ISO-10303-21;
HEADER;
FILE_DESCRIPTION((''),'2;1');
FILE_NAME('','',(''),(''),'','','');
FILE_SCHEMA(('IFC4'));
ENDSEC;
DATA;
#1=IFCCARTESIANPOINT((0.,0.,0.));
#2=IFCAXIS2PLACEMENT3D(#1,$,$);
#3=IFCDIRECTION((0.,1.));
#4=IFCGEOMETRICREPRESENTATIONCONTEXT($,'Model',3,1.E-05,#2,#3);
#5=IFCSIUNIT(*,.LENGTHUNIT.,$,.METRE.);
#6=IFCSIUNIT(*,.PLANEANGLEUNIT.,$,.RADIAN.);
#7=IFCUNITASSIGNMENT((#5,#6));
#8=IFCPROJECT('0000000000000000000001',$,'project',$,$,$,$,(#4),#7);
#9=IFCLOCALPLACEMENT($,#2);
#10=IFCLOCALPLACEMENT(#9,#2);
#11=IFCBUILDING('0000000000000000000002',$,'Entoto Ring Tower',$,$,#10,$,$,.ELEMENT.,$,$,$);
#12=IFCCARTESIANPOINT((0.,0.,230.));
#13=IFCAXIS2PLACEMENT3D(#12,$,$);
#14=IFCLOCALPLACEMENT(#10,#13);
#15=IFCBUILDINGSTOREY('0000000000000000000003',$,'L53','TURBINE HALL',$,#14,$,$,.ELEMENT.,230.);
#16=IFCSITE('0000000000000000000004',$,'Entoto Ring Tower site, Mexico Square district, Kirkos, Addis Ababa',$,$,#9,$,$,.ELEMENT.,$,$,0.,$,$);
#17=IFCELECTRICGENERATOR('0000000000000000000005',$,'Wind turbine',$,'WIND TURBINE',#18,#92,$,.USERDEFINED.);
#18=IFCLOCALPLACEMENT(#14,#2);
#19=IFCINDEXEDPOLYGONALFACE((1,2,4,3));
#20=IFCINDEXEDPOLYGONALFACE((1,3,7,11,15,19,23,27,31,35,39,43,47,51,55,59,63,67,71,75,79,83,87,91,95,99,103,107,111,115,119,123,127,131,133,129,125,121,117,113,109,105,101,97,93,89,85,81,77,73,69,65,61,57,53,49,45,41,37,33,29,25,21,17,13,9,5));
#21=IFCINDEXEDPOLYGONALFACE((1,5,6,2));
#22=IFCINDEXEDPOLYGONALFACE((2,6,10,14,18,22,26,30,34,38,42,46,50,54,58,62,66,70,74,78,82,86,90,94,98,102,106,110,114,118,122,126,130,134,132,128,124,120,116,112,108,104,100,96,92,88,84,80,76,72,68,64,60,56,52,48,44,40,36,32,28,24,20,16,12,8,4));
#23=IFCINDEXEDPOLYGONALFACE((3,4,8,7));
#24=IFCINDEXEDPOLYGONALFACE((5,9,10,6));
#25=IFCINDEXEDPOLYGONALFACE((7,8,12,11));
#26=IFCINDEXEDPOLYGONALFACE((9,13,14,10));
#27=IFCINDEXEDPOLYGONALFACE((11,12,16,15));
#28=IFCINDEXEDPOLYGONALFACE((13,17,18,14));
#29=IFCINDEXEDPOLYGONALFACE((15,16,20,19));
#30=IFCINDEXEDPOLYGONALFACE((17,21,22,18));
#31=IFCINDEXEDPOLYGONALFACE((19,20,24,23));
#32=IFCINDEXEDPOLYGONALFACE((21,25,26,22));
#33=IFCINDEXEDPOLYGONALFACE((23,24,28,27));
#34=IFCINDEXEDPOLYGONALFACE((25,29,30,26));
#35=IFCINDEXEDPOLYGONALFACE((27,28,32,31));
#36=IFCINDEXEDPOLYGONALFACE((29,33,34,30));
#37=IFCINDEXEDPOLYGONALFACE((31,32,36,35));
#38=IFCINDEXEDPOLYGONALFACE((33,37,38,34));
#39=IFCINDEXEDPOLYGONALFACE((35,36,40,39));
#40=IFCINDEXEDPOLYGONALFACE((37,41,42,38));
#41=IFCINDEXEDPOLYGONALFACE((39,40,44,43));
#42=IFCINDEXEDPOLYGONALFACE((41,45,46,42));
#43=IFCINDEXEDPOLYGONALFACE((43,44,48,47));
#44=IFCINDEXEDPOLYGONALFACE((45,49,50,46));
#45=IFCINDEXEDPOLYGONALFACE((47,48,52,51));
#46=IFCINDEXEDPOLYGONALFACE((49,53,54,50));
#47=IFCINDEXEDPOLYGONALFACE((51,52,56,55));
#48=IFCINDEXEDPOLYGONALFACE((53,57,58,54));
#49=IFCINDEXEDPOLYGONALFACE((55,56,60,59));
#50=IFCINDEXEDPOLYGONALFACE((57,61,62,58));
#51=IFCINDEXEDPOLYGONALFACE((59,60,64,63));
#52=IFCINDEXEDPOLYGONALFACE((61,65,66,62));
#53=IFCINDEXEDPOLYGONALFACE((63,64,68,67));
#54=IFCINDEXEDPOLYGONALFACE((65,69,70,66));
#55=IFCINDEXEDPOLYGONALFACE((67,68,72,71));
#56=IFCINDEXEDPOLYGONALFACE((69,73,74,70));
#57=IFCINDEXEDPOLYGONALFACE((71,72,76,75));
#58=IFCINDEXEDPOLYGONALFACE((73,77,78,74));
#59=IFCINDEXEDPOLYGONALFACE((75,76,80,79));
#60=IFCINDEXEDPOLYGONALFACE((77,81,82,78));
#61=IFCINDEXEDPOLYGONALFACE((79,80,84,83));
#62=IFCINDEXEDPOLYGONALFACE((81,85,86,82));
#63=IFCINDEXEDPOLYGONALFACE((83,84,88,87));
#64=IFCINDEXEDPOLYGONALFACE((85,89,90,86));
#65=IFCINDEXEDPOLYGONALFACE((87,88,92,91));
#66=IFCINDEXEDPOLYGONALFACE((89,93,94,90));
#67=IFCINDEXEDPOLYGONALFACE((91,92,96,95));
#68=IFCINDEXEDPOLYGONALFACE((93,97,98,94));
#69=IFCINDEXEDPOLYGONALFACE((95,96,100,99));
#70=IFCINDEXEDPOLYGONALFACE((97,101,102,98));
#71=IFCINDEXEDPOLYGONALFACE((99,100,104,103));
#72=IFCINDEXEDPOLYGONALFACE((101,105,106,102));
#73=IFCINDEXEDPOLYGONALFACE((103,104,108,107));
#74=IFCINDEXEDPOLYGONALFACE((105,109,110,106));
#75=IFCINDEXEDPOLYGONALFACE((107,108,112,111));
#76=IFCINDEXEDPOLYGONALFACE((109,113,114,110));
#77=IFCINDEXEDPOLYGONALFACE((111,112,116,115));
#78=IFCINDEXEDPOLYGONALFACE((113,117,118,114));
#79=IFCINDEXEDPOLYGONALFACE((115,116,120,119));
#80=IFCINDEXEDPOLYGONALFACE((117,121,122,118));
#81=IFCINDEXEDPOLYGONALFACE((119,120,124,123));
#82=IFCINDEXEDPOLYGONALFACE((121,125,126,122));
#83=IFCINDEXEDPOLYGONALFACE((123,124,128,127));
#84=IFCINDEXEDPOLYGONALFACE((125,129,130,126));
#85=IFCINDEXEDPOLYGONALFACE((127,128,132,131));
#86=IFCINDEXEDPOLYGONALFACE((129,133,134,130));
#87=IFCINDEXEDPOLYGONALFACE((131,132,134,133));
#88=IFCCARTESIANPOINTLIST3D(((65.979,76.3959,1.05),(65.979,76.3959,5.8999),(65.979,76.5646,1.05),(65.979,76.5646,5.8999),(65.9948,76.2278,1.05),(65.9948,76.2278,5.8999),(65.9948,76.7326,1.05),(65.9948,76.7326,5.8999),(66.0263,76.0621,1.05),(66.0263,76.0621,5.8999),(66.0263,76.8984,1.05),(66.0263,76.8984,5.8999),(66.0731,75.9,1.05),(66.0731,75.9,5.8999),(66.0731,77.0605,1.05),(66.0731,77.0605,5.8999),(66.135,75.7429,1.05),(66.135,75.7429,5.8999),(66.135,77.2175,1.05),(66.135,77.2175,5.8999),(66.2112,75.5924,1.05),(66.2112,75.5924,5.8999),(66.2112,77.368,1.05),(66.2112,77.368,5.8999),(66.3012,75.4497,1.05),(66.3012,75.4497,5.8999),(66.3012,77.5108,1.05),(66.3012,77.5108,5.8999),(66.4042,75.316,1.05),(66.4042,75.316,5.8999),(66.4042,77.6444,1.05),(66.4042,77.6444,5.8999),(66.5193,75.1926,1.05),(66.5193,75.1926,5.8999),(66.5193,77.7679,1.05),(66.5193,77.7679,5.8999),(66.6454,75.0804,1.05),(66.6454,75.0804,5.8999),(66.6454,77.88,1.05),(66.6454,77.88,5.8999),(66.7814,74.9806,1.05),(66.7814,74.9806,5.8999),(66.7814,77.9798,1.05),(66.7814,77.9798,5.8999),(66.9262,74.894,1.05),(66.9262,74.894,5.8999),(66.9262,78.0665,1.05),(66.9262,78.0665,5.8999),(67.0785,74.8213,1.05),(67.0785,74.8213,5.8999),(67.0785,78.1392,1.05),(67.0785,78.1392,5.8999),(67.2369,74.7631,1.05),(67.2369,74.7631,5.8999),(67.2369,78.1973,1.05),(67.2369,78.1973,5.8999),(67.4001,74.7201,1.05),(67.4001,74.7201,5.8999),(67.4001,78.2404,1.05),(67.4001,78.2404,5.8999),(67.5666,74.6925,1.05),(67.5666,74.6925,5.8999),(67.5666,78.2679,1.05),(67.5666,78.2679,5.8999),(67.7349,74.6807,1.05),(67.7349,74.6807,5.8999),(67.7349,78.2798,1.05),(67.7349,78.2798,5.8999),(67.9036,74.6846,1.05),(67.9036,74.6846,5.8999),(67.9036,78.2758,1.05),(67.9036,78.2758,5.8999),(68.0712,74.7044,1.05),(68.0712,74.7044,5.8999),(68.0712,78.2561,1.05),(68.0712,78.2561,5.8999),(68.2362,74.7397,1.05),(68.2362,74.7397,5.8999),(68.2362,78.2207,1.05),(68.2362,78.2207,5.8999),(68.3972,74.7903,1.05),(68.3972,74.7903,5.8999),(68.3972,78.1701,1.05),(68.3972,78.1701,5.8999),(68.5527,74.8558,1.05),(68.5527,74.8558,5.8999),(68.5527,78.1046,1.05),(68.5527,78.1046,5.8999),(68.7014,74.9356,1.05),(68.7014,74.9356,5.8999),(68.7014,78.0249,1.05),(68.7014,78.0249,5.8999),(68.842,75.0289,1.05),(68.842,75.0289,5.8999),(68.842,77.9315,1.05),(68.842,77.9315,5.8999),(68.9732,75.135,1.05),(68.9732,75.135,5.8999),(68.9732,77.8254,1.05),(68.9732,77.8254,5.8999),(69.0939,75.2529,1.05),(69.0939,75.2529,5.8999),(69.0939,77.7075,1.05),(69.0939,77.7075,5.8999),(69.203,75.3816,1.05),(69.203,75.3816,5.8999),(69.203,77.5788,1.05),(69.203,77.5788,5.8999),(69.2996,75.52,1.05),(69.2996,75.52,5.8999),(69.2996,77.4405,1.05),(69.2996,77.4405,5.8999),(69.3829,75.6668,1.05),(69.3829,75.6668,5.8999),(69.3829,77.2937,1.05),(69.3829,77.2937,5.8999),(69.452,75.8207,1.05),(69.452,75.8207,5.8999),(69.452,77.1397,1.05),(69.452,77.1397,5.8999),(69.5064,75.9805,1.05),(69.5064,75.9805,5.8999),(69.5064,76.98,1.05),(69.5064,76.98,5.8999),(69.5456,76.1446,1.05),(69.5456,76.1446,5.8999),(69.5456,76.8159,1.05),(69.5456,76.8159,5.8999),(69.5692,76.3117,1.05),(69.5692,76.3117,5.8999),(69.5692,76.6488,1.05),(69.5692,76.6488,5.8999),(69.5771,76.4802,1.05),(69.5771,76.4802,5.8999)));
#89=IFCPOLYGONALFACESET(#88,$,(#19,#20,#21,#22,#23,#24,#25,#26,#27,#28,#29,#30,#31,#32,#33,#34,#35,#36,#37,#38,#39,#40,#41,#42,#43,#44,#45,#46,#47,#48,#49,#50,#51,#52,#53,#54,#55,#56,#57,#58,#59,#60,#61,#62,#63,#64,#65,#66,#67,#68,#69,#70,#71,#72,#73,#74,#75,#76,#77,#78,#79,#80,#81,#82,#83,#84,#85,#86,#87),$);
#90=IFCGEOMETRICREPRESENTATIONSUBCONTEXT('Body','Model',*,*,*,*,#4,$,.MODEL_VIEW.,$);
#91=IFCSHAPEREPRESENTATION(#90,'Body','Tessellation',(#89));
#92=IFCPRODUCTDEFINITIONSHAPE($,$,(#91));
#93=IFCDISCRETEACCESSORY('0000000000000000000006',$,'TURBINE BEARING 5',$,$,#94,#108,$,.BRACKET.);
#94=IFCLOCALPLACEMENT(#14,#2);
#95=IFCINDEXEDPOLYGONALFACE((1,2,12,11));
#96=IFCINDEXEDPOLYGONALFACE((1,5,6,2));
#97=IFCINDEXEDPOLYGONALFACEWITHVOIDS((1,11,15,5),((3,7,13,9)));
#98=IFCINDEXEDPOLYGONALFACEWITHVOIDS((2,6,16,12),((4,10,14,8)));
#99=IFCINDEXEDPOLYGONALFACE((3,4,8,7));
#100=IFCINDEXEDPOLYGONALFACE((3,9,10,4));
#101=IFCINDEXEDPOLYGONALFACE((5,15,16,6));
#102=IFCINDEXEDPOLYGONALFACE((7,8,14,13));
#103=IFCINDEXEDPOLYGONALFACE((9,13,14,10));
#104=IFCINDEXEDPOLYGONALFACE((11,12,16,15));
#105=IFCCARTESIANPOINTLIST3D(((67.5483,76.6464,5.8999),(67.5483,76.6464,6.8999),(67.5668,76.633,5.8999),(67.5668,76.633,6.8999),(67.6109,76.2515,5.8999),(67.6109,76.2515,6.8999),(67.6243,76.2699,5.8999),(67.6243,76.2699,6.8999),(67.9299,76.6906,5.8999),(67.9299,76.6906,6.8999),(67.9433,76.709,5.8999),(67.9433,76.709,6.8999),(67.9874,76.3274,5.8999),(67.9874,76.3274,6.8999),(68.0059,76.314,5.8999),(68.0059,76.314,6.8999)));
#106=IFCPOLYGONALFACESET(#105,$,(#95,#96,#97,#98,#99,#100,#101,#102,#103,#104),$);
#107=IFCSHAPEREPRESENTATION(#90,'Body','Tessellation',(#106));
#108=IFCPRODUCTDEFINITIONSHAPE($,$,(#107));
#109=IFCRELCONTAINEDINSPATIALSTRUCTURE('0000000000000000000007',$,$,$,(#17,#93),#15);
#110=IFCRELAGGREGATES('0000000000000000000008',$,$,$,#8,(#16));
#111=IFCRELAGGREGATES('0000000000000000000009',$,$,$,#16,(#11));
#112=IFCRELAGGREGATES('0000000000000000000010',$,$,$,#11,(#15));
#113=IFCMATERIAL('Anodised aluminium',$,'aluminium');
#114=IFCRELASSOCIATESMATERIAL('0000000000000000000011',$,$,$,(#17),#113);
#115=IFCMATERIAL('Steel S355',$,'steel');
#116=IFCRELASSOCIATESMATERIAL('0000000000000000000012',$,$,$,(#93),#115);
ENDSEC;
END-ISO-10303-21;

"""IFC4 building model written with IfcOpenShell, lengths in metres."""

from ifc_helpers import new_model, si_unit, direction, frame, origin, origin_2d, place, context, subcontext, project, spatial, hollow_rectangle, circle, extrude, material, element, save


model = new_model("IFC4")

# Units and contexts
model_context = context("Model", 3, precision=1e-05, world=origin(), true_north=direction((0.0, 1.0)))
body_context = subcontext(model_context, "Body", "Model", "MODEL_VIEW")
ifc_project = project(units=[si_unit("LENGTHUNIT", "METRE"), si_unit("PLANEANGLEUNIT", "RADIAN")], contexts=[model_context])

# Site, building, storey
site_placement = place(None, origin())
site = spatial("IfcSite", under=ifc_project, at=site_placement, Name="Entoto Ring Tower site, Mexico Square district, Kirkos, Addis Ababa", CompositionType="ELEMENT", RefElevation=0.0)
building_placement = place(site_placement, origin())
building = spatial("IfcBuilding", under=site, at=building_placement, Name="Entoto Ring Tower", CompositionType="ELEMENT")
storey_placement = place(building_placement, frame((0.0, 0.0, 230.0)))
storey = spatial("IfcBuildingStorey", under=building, at=storey_placement, Name="L53", Description="TURBINE HALL", CompositionType="ELEMENT", Elevation=230.0)

# Electric generator
ifc_material_1 = material(Name="Anodised aluminium", Category="aluminium")
electric_generator_placement = place(storey_placement, frame((67.7771, 76.4802, 1.05), z_axis=(0.0, 0.0, 1.0), x_axis=(1.0, 0.0, 0.0)))
element("IfcElectricGenerator", 1, at=electric_generator_placement, inside=storey, material=ifc_material_1, Name="Wind turbine", ObjectType="WIND TURBINE", PredefinedType="USERDEFINED", context=body_context, shape_type="SweptSolid", body=[
    extrude(circle(Radius=1.8, at=origin_2d()), origin(), (0.0, 0.0, 1.0), 4.8499),
])

# Discrete accessory
ifc_material_2 = material(Name="Steel S355", Category="steel")
discrete_accessory_placement = place(storey_placement, frame((67.7771, 76.4802, 5.8999), z_axis=(0.0, 0.0, 1.0), x_axis=(0.156434, -0.987688, 0.0)))
element("IfcDiscreteAccessory", 2, at=discrete_accessory_placement, inside=storey, material=ifc_material_2, Name="TURBINE BEARING 5", PredefinedType="BRACKET", context=body_context, shape_type="SweptSolid", body=[
    extrude(hollow_rectangle(XDim=0.3999, YDim=0.3999, WallThickness=0.0161, at=origin_2d()), origin(), (0.0, 0.0, 1.0), 1.0),
])

save(model, "model.ifc")
